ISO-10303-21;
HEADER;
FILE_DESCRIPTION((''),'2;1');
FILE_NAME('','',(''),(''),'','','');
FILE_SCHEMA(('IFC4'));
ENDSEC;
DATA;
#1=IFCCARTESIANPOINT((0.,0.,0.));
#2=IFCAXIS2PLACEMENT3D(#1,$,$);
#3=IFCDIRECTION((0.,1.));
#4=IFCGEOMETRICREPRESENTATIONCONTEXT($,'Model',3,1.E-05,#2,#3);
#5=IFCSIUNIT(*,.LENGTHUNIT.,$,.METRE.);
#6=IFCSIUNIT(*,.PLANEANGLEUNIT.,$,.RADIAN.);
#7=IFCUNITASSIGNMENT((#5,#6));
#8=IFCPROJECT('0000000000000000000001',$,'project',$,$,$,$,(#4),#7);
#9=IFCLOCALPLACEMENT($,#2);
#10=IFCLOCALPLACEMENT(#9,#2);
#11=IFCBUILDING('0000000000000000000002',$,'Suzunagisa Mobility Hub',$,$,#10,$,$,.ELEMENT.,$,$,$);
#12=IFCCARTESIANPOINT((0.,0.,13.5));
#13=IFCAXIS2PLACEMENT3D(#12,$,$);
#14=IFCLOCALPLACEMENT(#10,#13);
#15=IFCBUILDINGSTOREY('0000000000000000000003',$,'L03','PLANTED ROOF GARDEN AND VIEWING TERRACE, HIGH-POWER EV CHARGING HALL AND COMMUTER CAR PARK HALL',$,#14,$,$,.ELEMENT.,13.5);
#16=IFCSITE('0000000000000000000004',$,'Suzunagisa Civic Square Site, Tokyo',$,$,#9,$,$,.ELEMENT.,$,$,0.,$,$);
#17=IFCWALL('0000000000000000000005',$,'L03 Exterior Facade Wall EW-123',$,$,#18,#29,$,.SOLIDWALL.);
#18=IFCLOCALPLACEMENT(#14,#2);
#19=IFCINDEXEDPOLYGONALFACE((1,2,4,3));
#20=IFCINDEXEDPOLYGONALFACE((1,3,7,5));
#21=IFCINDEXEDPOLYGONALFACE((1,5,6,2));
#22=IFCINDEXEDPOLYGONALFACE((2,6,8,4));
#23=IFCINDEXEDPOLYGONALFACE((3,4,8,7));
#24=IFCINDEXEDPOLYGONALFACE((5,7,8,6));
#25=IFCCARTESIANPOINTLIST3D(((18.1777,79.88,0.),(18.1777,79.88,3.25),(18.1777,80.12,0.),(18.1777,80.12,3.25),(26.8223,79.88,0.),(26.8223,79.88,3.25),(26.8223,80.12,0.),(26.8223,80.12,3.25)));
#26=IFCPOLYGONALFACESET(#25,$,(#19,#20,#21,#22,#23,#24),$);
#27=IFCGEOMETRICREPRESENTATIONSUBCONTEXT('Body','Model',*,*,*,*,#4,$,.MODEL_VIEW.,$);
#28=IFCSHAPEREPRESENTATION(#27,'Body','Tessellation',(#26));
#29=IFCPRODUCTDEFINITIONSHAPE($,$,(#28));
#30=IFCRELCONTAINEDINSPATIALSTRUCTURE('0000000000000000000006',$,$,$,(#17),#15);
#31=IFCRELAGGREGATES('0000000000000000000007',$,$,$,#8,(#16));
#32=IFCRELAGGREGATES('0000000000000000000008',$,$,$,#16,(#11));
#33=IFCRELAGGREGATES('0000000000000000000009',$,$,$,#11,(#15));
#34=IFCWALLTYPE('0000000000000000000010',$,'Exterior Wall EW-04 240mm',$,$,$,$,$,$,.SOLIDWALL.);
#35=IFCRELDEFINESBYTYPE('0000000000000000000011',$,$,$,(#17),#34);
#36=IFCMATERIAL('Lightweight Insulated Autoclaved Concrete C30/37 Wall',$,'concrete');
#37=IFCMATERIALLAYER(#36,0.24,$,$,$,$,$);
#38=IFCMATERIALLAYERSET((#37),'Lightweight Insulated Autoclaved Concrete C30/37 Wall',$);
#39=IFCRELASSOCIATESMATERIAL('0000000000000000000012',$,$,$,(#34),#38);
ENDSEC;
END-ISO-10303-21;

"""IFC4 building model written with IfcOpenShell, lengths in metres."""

from ifc_helpers import new_model, si_unit, direction, frame, frame_2d, origin, place, context, subcontext, project, spatial, rectangle, extrude, material, layer, layer_set, type_object, element, save


model = new_model("IFC4")

# Units and contexts
model_context = context("Model", 3, precision=1e-05, world=origin(), true_north=direction((0.0, 1.0)))
body_context = subcontext(model_context, "Body", "Model", "MODEL_VIEW")
ifc_project = project(units=[si_unit("LENGTHUNIT", "METRE"), si_unit("PLANEANGLEUNIT", "RADIAN")], contexts=[model_context])

# Site, building, storey
site_placement = place(None, origin())
site = spatial("IfcSite", under=ifc_project, at=site_placement, Name="Suzunagisa Civic Square Site, Tokyo", CompositionType="ELEMENT", RefElevation=0.0)
building_placement = place(site_placement, origin())
building = spatial("IfcBuilding", under=site, at=building_placement, Name="Suzunagisa Mobility Hub", CompositionType="ELEMENT")
storey_placement = place(building_placement, frame((0.0, 0.0, 13.5)))
storey = spatial("IfcBuildingStorey", under=building, at=storey_placement, Name="L03", Description="PLANTED ROOF GARDEN AND VIEWING TERRACE, HIGH-POWER EV CHARGING HALL AND COMMUTER CAR PARK HALL", CompositionType="ELEMENT", Elevation=13.5)

# Wall
ifc_material_1 = material(Name="Lightweight Insulated Autoclaved Concrete C30/37 Wall", Category="concrete")
ifc_layer_1 = layer(ifc_material_1, 0.24)
ifc_layer_set_1 = layer_set([ifc_layer_1], Name="Lightweight Insulated Autoclaved Concrete C30/37 Wall")
wall_type = type_object("IfcWallType", Name="Exterior Wall EW-04 240mm", PredefinedType="SOLIDWALL", material=ifc_layer_set_1)
wall_placement = place(storey_placement, frame((18.1777, 80.0, 0.0), z_axis=(0.0, 0.0, 1.0), x_axis=(1.0, 0.0, 0.0)))
element("IfcWall", 1, at=wall_placement, inside=storey, type_object=wall_type, Name="L03 Exterior Facade Wall EW-123", PredefinedType="SOLIDWALL", context=body_context, shape_type="SweptSolid", body=[
    extrude(rectangle(XDim=8.6445, YDim=0.24, at=frame_2d((4.3223, 0.0))), origin(), (0.0, 0.0, 1.0), 3.25),
])

save(model, "model.ifc")
